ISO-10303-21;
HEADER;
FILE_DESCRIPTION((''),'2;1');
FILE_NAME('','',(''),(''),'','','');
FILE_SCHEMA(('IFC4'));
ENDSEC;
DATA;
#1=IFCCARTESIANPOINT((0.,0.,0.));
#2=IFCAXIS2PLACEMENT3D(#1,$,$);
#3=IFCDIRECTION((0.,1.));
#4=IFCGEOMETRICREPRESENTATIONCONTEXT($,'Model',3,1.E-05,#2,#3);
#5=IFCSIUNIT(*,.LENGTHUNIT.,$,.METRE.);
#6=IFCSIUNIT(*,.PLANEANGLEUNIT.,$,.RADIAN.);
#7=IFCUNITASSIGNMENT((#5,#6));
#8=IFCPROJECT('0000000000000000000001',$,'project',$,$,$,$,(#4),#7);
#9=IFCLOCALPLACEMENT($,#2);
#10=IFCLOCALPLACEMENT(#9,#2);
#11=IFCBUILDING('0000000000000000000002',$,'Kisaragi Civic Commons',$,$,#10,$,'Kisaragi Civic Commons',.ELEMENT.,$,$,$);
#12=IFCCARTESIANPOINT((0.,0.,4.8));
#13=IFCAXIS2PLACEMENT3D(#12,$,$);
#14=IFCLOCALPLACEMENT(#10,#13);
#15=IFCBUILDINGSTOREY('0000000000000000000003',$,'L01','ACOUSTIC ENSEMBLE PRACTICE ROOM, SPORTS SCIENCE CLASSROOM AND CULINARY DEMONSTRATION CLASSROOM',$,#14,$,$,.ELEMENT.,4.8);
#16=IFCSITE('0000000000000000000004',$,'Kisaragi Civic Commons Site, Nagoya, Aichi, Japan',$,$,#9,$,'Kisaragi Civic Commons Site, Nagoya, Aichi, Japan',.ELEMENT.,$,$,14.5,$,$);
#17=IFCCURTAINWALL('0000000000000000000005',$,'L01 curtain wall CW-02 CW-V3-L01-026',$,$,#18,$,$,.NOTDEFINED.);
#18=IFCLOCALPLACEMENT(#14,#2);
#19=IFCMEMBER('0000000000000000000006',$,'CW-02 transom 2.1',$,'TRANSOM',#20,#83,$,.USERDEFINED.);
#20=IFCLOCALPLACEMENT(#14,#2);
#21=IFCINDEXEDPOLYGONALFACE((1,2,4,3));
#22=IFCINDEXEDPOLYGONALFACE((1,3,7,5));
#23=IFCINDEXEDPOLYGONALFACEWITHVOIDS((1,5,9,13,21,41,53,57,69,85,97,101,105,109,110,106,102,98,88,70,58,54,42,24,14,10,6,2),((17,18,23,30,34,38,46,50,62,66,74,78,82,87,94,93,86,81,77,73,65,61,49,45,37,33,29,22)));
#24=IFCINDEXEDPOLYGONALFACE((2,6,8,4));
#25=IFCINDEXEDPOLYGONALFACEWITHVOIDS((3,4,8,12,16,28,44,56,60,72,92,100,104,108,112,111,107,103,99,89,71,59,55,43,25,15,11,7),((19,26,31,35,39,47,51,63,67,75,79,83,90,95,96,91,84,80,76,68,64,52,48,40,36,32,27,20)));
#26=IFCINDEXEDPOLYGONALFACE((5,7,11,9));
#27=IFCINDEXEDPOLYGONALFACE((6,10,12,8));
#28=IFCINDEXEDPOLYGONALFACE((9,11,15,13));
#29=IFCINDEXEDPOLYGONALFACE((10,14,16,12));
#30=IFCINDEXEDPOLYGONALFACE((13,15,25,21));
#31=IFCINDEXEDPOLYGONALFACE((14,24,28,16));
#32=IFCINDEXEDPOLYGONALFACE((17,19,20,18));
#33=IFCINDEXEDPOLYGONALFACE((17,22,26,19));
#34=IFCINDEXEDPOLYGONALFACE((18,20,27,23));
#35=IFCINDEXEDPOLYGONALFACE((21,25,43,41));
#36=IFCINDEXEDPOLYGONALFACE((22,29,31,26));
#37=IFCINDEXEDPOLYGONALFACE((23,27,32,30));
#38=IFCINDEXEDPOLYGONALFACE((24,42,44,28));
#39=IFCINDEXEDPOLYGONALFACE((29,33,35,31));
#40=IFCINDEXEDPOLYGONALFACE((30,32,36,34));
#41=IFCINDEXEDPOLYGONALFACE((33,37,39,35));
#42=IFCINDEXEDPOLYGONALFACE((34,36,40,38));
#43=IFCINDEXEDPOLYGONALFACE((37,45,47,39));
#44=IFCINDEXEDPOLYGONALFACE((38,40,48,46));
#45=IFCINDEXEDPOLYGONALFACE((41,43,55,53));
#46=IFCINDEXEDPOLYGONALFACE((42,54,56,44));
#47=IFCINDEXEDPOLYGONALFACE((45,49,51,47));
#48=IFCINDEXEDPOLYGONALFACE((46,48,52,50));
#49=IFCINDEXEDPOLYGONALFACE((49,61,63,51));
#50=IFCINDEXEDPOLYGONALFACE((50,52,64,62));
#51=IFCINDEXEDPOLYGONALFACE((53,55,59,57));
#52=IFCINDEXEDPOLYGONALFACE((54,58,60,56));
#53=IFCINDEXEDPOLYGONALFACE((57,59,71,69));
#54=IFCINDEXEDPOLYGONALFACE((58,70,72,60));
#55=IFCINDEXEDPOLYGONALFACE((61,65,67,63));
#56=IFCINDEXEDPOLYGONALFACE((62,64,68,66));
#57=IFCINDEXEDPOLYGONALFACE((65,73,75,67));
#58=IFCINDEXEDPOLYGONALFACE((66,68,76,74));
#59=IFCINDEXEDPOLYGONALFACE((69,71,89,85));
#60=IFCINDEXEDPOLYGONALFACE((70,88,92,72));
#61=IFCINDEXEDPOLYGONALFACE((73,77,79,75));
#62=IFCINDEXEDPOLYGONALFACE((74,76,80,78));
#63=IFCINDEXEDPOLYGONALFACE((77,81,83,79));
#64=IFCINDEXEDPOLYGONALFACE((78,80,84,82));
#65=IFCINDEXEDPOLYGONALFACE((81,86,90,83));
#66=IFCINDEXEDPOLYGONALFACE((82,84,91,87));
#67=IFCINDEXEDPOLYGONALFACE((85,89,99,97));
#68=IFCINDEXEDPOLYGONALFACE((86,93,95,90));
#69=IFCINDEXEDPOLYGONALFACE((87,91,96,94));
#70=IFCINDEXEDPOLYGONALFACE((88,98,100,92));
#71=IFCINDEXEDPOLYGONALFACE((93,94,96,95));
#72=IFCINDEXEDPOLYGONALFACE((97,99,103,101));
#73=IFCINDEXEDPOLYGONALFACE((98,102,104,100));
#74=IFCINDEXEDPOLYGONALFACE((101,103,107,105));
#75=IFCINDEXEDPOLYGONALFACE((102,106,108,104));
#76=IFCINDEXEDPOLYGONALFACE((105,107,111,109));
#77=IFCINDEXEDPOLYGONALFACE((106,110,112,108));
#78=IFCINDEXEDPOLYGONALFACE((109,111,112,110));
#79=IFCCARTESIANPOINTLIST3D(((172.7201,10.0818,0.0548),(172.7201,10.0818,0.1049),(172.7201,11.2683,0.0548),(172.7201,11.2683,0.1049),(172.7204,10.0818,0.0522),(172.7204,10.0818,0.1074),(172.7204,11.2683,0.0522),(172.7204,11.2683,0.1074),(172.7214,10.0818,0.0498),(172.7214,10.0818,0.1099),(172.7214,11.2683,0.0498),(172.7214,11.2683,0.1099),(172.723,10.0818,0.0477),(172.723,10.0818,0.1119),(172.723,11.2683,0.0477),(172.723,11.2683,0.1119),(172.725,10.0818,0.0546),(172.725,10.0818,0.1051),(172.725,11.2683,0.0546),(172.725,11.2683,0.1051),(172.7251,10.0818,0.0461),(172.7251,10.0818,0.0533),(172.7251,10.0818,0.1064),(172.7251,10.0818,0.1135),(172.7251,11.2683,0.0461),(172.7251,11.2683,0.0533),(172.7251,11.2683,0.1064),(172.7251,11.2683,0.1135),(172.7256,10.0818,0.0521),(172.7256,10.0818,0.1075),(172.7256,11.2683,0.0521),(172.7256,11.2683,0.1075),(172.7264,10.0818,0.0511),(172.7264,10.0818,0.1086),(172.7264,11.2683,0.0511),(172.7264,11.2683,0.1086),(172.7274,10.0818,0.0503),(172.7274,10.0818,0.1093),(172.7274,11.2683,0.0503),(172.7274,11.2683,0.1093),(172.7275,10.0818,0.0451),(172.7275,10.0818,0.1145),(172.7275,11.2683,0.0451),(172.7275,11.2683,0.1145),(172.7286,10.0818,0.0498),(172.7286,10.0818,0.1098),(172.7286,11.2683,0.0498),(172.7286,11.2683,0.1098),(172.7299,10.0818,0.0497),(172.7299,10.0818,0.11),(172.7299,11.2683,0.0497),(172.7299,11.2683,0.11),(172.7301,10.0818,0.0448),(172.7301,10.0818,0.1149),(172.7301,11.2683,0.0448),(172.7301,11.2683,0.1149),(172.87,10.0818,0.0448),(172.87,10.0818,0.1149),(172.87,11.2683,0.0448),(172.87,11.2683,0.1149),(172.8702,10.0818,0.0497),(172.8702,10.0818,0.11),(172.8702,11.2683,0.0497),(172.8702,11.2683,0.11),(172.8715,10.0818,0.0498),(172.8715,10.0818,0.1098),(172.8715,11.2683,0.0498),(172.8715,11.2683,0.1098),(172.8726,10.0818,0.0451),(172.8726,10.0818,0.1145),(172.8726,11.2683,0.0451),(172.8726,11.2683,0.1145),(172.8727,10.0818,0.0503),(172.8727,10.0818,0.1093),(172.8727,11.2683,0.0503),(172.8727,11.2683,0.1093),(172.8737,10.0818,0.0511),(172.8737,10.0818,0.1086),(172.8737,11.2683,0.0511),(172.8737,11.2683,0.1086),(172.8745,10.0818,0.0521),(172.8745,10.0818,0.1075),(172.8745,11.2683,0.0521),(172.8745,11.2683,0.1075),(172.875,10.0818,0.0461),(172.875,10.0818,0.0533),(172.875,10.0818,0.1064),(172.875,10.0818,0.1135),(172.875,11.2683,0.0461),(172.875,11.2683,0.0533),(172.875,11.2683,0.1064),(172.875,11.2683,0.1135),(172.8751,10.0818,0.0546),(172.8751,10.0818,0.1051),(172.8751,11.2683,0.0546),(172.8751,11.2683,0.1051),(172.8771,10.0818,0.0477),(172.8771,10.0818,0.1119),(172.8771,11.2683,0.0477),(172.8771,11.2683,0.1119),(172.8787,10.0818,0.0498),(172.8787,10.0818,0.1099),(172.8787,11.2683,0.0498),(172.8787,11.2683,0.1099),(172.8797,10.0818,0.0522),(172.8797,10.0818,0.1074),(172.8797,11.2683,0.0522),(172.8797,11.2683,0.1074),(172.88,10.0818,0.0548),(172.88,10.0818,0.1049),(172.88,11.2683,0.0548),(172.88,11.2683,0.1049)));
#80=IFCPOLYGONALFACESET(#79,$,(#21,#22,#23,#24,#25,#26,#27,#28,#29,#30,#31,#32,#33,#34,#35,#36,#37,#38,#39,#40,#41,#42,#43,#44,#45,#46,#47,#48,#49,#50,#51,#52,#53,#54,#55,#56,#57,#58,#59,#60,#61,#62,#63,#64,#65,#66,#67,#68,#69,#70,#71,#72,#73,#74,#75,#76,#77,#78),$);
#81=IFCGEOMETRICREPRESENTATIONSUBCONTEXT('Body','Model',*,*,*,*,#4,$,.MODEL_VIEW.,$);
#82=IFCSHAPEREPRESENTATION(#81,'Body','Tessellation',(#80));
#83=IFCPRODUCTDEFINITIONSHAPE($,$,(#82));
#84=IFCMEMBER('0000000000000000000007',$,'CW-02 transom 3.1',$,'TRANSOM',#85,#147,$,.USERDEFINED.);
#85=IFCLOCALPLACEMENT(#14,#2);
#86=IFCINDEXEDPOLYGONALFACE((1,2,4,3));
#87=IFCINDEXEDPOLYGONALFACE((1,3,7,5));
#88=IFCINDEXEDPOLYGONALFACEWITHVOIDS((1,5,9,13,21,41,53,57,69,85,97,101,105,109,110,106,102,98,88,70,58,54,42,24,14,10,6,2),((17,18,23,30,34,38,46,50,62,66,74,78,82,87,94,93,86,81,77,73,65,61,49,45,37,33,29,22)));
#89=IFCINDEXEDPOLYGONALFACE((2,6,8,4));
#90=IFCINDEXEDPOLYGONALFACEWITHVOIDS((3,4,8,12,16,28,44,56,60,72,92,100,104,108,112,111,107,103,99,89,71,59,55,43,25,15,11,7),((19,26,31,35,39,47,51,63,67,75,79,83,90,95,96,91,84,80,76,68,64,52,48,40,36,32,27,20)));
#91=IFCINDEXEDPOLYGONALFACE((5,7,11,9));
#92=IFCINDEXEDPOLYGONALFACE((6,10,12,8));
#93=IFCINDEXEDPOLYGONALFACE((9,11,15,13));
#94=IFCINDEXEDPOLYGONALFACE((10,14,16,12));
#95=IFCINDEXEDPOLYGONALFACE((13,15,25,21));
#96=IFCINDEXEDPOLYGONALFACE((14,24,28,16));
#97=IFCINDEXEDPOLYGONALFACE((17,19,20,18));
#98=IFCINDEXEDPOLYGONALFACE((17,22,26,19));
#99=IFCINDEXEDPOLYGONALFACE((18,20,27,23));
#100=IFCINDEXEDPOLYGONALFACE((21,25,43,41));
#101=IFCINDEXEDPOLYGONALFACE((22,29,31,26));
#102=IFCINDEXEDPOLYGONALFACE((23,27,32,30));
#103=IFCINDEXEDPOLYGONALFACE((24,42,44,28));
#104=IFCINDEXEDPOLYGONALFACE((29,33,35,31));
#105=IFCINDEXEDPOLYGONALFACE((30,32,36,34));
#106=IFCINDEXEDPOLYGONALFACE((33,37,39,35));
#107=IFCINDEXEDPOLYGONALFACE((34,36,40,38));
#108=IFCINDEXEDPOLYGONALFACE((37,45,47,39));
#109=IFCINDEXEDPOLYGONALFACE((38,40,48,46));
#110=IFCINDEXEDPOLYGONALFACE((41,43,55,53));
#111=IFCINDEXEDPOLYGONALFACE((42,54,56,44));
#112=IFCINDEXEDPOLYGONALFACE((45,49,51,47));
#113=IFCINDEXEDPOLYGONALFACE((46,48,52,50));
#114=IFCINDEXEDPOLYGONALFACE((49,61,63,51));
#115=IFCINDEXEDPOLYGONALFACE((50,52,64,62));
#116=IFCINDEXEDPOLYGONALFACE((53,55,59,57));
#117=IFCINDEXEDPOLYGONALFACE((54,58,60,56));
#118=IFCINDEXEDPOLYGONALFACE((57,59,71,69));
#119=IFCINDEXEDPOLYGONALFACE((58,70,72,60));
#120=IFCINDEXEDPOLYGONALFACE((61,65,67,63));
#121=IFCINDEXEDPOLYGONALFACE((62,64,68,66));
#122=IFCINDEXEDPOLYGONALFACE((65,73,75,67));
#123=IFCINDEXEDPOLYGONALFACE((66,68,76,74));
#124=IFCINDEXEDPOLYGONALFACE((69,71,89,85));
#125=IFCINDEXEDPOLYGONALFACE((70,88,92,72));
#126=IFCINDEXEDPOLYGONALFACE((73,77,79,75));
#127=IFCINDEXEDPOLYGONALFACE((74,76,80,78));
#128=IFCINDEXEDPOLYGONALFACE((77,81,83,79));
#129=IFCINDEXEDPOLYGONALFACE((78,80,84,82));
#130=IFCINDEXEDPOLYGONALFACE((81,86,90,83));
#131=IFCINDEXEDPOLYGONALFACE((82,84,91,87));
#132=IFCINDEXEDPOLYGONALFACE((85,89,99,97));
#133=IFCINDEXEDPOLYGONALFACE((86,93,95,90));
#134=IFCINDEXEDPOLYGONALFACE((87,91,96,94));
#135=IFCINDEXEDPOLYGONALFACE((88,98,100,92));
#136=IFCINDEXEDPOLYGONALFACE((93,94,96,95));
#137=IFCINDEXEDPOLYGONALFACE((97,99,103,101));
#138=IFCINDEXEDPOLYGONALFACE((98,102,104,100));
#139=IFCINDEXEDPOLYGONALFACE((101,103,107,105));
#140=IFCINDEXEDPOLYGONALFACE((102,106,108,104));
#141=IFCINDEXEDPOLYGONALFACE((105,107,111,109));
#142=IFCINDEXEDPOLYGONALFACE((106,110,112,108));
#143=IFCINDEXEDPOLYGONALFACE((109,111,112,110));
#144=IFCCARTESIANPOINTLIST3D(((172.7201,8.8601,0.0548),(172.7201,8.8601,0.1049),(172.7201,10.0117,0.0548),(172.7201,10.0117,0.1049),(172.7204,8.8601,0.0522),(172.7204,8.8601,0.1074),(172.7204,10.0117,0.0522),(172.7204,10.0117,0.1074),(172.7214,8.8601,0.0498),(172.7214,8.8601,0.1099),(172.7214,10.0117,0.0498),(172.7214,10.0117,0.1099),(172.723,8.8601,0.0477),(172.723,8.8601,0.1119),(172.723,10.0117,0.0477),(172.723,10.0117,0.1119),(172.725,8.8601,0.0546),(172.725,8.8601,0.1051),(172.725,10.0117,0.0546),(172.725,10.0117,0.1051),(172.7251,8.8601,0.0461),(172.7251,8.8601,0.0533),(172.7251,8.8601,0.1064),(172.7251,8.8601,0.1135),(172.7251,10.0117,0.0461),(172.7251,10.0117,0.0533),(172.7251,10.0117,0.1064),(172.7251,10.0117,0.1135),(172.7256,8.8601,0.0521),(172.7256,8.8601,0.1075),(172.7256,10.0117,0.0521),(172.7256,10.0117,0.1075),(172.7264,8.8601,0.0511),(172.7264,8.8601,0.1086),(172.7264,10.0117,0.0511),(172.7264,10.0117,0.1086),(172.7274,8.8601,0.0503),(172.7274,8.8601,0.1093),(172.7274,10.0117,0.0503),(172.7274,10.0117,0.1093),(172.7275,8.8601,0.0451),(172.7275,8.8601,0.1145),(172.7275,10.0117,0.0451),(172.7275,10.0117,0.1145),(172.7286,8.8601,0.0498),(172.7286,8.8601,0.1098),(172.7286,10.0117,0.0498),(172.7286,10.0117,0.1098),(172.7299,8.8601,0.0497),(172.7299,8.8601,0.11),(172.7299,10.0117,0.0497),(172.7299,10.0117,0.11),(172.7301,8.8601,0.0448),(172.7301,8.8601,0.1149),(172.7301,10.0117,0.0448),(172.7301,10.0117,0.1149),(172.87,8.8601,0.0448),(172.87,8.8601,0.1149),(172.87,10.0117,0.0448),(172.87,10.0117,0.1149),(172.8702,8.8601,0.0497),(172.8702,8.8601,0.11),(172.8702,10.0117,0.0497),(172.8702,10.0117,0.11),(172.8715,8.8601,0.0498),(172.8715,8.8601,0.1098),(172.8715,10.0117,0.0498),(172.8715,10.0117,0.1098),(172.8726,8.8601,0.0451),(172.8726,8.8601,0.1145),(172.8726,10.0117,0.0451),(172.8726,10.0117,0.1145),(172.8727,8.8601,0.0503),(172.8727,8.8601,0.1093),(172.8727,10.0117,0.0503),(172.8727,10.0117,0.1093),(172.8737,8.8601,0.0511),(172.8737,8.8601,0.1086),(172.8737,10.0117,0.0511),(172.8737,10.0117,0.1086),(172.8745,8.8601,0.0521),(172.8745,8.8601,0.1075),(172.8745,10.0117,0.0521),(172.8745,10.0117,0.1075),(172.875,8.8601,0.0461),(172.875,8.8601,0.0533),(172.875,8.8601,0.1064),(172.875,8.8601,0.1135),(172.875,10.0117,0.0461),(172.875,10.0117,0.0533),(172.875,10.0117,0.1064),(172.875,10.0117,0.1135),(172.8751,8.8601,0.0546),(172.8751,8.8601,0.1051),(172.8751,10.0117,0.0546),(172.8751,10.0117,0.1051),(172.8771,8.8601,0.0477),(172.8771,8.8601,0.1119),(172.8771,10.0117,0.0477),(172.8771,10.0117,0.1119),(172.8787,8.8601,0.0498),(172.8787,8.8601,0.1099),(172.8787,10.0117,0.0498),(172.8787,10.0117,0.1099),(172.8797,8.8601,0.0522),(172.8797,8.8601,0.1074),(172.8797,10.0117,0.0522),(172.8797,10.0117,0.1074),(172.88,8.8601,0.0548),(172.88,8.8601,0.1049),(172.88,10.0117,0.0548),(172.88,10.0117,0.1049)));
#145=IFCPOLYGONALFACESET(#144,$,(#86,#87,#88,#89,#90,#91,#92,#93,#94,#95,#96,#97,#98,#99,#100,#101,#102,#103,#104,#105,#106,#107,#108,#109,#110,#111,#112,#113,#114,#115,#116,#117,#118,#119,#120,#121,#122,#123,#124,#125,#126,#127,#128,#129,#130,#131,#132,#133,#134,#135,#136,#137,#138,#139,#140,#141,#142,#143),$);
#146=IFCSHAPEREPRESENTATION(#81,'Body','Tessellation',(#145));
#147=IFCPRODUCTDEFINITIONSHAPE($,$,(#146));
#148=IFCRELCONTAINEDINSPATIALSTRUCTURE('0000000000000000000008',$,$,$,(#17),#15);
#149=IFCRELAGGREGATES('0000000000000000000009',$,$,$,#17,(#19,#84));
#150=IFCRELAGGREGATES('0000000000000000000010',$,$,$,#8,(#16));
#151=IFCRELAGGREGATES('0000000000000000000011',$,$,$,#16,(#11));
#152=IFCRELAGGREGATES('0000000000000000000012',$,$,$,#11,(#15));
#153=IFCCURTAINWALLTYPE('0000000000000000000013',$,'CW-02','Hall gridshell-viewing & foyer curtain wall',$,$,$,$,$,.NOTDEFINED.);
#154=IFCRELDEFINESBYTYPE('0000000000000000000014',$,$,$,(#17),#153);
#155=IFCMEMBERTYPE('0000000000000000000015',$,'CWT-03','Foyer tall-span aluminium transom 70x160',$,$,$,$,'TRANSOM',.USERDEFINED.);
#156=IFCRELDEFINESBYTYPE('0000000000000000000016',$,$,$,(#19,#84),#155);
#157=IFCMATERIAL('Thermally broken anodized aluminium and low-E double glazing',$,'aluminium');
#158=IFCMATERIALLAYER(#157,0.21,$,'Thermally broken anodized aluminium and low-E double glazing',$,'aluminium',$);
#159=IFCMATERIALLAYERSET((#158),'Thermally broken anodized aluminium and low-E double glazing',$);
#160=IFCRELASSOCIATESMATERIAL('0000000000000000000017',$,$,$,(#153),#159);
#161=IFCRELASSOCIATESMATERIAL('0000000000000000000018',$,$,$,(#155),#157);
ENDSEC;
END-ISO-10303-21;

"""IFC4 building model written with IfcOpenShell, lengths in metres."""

from ifc_helpers import new_model, si_unit, direction, frame, origin, origin_2d, place, context, subcontext, project, spatial, hollow_rectangle, extrude, material, layer, layer_set, material_profile, profile_set, type_object, element, aggregate, save


model = new_model("IFC4")

# Units and contexts
model_context = context("Model", 3, precision=1e-05, world=origin(), true_north=direction((0.0, 1.0)))
body_context = subcontext(model_context, "Body", "Model", "MODEL_VIEW")
ifc_project = project(units=[si_unit("LENGTHUNIT", "METRE"), si_unit("PLANEANGLEUNIT", "RADIAN")], contexts=[model_context])

# Site, building, storey
site_placement = place(None, origin())
site = spatial("IfcSite", under=ifc_project, at=site_placement, Name="Kisaragi Civic Commons Site, Nagoya, Aichi, Japan", LongName="Kisaragi Civic Commons Site, Nagoya, Aichi, Japan", CompositionType="ELEMENT", RefElevation=14.5)
building_placement = place(site_placement, origin())
building = spatial("IfcBuilding", under=site, at=building_placement, Name="Kisaragi Civic Commons", LongName="Kisaragi Civic Commons", CompositionType="ELEMENT")
storey_placement = place(building_placement, frame((0.0, 0.0, 4.8)))
storey = spatial("IfcBuildingStorey", under=building, at=storey_placement, Name="L01", Description="ACOUSTIC ENSEMBLE PRACTICE ROOM, SPORTS SCIENCE CLASSROOM AND CULINARY DEMONSTRATION CLASSROOM", CompositionType="ELEMENT", Elevation=4.8)

# Curtain wall, members
ifc_material_1 = material(Name="Thermally broken anodized aluminium and low-E double glazing", Category="aluminium")
ifc_layer_1 = layer(ifc_material_1, 0.21, Name="Thermally broken anodized aluminium and low-E double glazing", Category="aluminium")
ifc_layer_set_1 = layer_set([ifc_layer_1], Name="Thermally broken anodized aluminium and low-E double glazing")
curtain_wall_type = type_object("IfcCurtainWallType", Name="CW-02", Description="Hall gridshell-viewing & foyer curtain wall", PredefinedType="NOTDEFINED", material=ifc_layer_set_1)
curtain_wall_placement = place(storey_placement, origin())
curtain_wall = element("IfcCurtainWall", 1, at=curtain_wall_placement, inside=storey, type_object=curtain_wall_type, Name="L01 curtain wall CW-02 CW-V3-L01-026", PredefinedType="NOTDEFINED")
ifc_material_profile_1 = material_profile(ifc_material_1, hollow_rectangle(XDim=0.1599, YDim=0.0701, WallThickness=0.0049, InnerFilletRadius=0.0049, OuterFilletRadius=0.01, at=origin_2d()), Name="CWT-70x160x5", Category="aluminium")
ifc_profile_set_1 = profile_set([ifc_material_profile_1], Name="Thermally broken anodized aluminium and low-E double glazing")
member_type_1 = type_object("IfcMemberType", Name="CWT-03", Description="Foyer tall-span aluminium transom 70x160", ElementType="TRANSOM", PredefinedType="USERDEFINED", material=ifc_profile_set_1)
member_1_placement = place(storey_placement, frame((172.8, 11.2683, 0.0798), z_axis=(0.0, -1.0, 0.0), x_axis=(1.0, 0.0, 0.0)))
member_1 = element("IfcMember", 2, at=member_1_placement, type_object=member_type_1, Name="CW-02 transom 2.1", ObjectType="TRANSOM", PredefinedType="USERDEFINED", context=body_context, shape_type="SweptSolid", body=[
    extrude(hollow_rectangle(XDim=0.1599, YDim=0.0701, WallThickness=0.0049, InnerFilletRadius=0.0049, OuterFilletRadius=0.01, at=origin_2d()), origin(), (0.0, 0.0, 1.0), 1.1865),
])
member_2_placement = place(storey_placement, frame((172.8, 10.0117, 0.0798), z_axis=(0.0, -1.0, 0.0), x_axis=(1.0, 0.0, 0.0)))
member_2 = element("IfcMember", 3, at=member_2_placement, type_object=member_type_1, Name="CW-02 transom 3.1", ObjectType="TRANSOM", PredefinedType="USERDEFINED", context=body_context, shape_type="SweptSolid", body=[
    extrude(hollow_rectangle(XDim=0.1599, YDim=0.0701, WallThickness=0.0049, InnerFilletRadius=0.0049, OuterFilletRadius=0.01, at=origin_2d()), origin(), (0.0, 0.0, 1.0), 1.1516),
])

aggregate(curtain_wall, [member_1, member_2])

save(model, "model.ifc")
